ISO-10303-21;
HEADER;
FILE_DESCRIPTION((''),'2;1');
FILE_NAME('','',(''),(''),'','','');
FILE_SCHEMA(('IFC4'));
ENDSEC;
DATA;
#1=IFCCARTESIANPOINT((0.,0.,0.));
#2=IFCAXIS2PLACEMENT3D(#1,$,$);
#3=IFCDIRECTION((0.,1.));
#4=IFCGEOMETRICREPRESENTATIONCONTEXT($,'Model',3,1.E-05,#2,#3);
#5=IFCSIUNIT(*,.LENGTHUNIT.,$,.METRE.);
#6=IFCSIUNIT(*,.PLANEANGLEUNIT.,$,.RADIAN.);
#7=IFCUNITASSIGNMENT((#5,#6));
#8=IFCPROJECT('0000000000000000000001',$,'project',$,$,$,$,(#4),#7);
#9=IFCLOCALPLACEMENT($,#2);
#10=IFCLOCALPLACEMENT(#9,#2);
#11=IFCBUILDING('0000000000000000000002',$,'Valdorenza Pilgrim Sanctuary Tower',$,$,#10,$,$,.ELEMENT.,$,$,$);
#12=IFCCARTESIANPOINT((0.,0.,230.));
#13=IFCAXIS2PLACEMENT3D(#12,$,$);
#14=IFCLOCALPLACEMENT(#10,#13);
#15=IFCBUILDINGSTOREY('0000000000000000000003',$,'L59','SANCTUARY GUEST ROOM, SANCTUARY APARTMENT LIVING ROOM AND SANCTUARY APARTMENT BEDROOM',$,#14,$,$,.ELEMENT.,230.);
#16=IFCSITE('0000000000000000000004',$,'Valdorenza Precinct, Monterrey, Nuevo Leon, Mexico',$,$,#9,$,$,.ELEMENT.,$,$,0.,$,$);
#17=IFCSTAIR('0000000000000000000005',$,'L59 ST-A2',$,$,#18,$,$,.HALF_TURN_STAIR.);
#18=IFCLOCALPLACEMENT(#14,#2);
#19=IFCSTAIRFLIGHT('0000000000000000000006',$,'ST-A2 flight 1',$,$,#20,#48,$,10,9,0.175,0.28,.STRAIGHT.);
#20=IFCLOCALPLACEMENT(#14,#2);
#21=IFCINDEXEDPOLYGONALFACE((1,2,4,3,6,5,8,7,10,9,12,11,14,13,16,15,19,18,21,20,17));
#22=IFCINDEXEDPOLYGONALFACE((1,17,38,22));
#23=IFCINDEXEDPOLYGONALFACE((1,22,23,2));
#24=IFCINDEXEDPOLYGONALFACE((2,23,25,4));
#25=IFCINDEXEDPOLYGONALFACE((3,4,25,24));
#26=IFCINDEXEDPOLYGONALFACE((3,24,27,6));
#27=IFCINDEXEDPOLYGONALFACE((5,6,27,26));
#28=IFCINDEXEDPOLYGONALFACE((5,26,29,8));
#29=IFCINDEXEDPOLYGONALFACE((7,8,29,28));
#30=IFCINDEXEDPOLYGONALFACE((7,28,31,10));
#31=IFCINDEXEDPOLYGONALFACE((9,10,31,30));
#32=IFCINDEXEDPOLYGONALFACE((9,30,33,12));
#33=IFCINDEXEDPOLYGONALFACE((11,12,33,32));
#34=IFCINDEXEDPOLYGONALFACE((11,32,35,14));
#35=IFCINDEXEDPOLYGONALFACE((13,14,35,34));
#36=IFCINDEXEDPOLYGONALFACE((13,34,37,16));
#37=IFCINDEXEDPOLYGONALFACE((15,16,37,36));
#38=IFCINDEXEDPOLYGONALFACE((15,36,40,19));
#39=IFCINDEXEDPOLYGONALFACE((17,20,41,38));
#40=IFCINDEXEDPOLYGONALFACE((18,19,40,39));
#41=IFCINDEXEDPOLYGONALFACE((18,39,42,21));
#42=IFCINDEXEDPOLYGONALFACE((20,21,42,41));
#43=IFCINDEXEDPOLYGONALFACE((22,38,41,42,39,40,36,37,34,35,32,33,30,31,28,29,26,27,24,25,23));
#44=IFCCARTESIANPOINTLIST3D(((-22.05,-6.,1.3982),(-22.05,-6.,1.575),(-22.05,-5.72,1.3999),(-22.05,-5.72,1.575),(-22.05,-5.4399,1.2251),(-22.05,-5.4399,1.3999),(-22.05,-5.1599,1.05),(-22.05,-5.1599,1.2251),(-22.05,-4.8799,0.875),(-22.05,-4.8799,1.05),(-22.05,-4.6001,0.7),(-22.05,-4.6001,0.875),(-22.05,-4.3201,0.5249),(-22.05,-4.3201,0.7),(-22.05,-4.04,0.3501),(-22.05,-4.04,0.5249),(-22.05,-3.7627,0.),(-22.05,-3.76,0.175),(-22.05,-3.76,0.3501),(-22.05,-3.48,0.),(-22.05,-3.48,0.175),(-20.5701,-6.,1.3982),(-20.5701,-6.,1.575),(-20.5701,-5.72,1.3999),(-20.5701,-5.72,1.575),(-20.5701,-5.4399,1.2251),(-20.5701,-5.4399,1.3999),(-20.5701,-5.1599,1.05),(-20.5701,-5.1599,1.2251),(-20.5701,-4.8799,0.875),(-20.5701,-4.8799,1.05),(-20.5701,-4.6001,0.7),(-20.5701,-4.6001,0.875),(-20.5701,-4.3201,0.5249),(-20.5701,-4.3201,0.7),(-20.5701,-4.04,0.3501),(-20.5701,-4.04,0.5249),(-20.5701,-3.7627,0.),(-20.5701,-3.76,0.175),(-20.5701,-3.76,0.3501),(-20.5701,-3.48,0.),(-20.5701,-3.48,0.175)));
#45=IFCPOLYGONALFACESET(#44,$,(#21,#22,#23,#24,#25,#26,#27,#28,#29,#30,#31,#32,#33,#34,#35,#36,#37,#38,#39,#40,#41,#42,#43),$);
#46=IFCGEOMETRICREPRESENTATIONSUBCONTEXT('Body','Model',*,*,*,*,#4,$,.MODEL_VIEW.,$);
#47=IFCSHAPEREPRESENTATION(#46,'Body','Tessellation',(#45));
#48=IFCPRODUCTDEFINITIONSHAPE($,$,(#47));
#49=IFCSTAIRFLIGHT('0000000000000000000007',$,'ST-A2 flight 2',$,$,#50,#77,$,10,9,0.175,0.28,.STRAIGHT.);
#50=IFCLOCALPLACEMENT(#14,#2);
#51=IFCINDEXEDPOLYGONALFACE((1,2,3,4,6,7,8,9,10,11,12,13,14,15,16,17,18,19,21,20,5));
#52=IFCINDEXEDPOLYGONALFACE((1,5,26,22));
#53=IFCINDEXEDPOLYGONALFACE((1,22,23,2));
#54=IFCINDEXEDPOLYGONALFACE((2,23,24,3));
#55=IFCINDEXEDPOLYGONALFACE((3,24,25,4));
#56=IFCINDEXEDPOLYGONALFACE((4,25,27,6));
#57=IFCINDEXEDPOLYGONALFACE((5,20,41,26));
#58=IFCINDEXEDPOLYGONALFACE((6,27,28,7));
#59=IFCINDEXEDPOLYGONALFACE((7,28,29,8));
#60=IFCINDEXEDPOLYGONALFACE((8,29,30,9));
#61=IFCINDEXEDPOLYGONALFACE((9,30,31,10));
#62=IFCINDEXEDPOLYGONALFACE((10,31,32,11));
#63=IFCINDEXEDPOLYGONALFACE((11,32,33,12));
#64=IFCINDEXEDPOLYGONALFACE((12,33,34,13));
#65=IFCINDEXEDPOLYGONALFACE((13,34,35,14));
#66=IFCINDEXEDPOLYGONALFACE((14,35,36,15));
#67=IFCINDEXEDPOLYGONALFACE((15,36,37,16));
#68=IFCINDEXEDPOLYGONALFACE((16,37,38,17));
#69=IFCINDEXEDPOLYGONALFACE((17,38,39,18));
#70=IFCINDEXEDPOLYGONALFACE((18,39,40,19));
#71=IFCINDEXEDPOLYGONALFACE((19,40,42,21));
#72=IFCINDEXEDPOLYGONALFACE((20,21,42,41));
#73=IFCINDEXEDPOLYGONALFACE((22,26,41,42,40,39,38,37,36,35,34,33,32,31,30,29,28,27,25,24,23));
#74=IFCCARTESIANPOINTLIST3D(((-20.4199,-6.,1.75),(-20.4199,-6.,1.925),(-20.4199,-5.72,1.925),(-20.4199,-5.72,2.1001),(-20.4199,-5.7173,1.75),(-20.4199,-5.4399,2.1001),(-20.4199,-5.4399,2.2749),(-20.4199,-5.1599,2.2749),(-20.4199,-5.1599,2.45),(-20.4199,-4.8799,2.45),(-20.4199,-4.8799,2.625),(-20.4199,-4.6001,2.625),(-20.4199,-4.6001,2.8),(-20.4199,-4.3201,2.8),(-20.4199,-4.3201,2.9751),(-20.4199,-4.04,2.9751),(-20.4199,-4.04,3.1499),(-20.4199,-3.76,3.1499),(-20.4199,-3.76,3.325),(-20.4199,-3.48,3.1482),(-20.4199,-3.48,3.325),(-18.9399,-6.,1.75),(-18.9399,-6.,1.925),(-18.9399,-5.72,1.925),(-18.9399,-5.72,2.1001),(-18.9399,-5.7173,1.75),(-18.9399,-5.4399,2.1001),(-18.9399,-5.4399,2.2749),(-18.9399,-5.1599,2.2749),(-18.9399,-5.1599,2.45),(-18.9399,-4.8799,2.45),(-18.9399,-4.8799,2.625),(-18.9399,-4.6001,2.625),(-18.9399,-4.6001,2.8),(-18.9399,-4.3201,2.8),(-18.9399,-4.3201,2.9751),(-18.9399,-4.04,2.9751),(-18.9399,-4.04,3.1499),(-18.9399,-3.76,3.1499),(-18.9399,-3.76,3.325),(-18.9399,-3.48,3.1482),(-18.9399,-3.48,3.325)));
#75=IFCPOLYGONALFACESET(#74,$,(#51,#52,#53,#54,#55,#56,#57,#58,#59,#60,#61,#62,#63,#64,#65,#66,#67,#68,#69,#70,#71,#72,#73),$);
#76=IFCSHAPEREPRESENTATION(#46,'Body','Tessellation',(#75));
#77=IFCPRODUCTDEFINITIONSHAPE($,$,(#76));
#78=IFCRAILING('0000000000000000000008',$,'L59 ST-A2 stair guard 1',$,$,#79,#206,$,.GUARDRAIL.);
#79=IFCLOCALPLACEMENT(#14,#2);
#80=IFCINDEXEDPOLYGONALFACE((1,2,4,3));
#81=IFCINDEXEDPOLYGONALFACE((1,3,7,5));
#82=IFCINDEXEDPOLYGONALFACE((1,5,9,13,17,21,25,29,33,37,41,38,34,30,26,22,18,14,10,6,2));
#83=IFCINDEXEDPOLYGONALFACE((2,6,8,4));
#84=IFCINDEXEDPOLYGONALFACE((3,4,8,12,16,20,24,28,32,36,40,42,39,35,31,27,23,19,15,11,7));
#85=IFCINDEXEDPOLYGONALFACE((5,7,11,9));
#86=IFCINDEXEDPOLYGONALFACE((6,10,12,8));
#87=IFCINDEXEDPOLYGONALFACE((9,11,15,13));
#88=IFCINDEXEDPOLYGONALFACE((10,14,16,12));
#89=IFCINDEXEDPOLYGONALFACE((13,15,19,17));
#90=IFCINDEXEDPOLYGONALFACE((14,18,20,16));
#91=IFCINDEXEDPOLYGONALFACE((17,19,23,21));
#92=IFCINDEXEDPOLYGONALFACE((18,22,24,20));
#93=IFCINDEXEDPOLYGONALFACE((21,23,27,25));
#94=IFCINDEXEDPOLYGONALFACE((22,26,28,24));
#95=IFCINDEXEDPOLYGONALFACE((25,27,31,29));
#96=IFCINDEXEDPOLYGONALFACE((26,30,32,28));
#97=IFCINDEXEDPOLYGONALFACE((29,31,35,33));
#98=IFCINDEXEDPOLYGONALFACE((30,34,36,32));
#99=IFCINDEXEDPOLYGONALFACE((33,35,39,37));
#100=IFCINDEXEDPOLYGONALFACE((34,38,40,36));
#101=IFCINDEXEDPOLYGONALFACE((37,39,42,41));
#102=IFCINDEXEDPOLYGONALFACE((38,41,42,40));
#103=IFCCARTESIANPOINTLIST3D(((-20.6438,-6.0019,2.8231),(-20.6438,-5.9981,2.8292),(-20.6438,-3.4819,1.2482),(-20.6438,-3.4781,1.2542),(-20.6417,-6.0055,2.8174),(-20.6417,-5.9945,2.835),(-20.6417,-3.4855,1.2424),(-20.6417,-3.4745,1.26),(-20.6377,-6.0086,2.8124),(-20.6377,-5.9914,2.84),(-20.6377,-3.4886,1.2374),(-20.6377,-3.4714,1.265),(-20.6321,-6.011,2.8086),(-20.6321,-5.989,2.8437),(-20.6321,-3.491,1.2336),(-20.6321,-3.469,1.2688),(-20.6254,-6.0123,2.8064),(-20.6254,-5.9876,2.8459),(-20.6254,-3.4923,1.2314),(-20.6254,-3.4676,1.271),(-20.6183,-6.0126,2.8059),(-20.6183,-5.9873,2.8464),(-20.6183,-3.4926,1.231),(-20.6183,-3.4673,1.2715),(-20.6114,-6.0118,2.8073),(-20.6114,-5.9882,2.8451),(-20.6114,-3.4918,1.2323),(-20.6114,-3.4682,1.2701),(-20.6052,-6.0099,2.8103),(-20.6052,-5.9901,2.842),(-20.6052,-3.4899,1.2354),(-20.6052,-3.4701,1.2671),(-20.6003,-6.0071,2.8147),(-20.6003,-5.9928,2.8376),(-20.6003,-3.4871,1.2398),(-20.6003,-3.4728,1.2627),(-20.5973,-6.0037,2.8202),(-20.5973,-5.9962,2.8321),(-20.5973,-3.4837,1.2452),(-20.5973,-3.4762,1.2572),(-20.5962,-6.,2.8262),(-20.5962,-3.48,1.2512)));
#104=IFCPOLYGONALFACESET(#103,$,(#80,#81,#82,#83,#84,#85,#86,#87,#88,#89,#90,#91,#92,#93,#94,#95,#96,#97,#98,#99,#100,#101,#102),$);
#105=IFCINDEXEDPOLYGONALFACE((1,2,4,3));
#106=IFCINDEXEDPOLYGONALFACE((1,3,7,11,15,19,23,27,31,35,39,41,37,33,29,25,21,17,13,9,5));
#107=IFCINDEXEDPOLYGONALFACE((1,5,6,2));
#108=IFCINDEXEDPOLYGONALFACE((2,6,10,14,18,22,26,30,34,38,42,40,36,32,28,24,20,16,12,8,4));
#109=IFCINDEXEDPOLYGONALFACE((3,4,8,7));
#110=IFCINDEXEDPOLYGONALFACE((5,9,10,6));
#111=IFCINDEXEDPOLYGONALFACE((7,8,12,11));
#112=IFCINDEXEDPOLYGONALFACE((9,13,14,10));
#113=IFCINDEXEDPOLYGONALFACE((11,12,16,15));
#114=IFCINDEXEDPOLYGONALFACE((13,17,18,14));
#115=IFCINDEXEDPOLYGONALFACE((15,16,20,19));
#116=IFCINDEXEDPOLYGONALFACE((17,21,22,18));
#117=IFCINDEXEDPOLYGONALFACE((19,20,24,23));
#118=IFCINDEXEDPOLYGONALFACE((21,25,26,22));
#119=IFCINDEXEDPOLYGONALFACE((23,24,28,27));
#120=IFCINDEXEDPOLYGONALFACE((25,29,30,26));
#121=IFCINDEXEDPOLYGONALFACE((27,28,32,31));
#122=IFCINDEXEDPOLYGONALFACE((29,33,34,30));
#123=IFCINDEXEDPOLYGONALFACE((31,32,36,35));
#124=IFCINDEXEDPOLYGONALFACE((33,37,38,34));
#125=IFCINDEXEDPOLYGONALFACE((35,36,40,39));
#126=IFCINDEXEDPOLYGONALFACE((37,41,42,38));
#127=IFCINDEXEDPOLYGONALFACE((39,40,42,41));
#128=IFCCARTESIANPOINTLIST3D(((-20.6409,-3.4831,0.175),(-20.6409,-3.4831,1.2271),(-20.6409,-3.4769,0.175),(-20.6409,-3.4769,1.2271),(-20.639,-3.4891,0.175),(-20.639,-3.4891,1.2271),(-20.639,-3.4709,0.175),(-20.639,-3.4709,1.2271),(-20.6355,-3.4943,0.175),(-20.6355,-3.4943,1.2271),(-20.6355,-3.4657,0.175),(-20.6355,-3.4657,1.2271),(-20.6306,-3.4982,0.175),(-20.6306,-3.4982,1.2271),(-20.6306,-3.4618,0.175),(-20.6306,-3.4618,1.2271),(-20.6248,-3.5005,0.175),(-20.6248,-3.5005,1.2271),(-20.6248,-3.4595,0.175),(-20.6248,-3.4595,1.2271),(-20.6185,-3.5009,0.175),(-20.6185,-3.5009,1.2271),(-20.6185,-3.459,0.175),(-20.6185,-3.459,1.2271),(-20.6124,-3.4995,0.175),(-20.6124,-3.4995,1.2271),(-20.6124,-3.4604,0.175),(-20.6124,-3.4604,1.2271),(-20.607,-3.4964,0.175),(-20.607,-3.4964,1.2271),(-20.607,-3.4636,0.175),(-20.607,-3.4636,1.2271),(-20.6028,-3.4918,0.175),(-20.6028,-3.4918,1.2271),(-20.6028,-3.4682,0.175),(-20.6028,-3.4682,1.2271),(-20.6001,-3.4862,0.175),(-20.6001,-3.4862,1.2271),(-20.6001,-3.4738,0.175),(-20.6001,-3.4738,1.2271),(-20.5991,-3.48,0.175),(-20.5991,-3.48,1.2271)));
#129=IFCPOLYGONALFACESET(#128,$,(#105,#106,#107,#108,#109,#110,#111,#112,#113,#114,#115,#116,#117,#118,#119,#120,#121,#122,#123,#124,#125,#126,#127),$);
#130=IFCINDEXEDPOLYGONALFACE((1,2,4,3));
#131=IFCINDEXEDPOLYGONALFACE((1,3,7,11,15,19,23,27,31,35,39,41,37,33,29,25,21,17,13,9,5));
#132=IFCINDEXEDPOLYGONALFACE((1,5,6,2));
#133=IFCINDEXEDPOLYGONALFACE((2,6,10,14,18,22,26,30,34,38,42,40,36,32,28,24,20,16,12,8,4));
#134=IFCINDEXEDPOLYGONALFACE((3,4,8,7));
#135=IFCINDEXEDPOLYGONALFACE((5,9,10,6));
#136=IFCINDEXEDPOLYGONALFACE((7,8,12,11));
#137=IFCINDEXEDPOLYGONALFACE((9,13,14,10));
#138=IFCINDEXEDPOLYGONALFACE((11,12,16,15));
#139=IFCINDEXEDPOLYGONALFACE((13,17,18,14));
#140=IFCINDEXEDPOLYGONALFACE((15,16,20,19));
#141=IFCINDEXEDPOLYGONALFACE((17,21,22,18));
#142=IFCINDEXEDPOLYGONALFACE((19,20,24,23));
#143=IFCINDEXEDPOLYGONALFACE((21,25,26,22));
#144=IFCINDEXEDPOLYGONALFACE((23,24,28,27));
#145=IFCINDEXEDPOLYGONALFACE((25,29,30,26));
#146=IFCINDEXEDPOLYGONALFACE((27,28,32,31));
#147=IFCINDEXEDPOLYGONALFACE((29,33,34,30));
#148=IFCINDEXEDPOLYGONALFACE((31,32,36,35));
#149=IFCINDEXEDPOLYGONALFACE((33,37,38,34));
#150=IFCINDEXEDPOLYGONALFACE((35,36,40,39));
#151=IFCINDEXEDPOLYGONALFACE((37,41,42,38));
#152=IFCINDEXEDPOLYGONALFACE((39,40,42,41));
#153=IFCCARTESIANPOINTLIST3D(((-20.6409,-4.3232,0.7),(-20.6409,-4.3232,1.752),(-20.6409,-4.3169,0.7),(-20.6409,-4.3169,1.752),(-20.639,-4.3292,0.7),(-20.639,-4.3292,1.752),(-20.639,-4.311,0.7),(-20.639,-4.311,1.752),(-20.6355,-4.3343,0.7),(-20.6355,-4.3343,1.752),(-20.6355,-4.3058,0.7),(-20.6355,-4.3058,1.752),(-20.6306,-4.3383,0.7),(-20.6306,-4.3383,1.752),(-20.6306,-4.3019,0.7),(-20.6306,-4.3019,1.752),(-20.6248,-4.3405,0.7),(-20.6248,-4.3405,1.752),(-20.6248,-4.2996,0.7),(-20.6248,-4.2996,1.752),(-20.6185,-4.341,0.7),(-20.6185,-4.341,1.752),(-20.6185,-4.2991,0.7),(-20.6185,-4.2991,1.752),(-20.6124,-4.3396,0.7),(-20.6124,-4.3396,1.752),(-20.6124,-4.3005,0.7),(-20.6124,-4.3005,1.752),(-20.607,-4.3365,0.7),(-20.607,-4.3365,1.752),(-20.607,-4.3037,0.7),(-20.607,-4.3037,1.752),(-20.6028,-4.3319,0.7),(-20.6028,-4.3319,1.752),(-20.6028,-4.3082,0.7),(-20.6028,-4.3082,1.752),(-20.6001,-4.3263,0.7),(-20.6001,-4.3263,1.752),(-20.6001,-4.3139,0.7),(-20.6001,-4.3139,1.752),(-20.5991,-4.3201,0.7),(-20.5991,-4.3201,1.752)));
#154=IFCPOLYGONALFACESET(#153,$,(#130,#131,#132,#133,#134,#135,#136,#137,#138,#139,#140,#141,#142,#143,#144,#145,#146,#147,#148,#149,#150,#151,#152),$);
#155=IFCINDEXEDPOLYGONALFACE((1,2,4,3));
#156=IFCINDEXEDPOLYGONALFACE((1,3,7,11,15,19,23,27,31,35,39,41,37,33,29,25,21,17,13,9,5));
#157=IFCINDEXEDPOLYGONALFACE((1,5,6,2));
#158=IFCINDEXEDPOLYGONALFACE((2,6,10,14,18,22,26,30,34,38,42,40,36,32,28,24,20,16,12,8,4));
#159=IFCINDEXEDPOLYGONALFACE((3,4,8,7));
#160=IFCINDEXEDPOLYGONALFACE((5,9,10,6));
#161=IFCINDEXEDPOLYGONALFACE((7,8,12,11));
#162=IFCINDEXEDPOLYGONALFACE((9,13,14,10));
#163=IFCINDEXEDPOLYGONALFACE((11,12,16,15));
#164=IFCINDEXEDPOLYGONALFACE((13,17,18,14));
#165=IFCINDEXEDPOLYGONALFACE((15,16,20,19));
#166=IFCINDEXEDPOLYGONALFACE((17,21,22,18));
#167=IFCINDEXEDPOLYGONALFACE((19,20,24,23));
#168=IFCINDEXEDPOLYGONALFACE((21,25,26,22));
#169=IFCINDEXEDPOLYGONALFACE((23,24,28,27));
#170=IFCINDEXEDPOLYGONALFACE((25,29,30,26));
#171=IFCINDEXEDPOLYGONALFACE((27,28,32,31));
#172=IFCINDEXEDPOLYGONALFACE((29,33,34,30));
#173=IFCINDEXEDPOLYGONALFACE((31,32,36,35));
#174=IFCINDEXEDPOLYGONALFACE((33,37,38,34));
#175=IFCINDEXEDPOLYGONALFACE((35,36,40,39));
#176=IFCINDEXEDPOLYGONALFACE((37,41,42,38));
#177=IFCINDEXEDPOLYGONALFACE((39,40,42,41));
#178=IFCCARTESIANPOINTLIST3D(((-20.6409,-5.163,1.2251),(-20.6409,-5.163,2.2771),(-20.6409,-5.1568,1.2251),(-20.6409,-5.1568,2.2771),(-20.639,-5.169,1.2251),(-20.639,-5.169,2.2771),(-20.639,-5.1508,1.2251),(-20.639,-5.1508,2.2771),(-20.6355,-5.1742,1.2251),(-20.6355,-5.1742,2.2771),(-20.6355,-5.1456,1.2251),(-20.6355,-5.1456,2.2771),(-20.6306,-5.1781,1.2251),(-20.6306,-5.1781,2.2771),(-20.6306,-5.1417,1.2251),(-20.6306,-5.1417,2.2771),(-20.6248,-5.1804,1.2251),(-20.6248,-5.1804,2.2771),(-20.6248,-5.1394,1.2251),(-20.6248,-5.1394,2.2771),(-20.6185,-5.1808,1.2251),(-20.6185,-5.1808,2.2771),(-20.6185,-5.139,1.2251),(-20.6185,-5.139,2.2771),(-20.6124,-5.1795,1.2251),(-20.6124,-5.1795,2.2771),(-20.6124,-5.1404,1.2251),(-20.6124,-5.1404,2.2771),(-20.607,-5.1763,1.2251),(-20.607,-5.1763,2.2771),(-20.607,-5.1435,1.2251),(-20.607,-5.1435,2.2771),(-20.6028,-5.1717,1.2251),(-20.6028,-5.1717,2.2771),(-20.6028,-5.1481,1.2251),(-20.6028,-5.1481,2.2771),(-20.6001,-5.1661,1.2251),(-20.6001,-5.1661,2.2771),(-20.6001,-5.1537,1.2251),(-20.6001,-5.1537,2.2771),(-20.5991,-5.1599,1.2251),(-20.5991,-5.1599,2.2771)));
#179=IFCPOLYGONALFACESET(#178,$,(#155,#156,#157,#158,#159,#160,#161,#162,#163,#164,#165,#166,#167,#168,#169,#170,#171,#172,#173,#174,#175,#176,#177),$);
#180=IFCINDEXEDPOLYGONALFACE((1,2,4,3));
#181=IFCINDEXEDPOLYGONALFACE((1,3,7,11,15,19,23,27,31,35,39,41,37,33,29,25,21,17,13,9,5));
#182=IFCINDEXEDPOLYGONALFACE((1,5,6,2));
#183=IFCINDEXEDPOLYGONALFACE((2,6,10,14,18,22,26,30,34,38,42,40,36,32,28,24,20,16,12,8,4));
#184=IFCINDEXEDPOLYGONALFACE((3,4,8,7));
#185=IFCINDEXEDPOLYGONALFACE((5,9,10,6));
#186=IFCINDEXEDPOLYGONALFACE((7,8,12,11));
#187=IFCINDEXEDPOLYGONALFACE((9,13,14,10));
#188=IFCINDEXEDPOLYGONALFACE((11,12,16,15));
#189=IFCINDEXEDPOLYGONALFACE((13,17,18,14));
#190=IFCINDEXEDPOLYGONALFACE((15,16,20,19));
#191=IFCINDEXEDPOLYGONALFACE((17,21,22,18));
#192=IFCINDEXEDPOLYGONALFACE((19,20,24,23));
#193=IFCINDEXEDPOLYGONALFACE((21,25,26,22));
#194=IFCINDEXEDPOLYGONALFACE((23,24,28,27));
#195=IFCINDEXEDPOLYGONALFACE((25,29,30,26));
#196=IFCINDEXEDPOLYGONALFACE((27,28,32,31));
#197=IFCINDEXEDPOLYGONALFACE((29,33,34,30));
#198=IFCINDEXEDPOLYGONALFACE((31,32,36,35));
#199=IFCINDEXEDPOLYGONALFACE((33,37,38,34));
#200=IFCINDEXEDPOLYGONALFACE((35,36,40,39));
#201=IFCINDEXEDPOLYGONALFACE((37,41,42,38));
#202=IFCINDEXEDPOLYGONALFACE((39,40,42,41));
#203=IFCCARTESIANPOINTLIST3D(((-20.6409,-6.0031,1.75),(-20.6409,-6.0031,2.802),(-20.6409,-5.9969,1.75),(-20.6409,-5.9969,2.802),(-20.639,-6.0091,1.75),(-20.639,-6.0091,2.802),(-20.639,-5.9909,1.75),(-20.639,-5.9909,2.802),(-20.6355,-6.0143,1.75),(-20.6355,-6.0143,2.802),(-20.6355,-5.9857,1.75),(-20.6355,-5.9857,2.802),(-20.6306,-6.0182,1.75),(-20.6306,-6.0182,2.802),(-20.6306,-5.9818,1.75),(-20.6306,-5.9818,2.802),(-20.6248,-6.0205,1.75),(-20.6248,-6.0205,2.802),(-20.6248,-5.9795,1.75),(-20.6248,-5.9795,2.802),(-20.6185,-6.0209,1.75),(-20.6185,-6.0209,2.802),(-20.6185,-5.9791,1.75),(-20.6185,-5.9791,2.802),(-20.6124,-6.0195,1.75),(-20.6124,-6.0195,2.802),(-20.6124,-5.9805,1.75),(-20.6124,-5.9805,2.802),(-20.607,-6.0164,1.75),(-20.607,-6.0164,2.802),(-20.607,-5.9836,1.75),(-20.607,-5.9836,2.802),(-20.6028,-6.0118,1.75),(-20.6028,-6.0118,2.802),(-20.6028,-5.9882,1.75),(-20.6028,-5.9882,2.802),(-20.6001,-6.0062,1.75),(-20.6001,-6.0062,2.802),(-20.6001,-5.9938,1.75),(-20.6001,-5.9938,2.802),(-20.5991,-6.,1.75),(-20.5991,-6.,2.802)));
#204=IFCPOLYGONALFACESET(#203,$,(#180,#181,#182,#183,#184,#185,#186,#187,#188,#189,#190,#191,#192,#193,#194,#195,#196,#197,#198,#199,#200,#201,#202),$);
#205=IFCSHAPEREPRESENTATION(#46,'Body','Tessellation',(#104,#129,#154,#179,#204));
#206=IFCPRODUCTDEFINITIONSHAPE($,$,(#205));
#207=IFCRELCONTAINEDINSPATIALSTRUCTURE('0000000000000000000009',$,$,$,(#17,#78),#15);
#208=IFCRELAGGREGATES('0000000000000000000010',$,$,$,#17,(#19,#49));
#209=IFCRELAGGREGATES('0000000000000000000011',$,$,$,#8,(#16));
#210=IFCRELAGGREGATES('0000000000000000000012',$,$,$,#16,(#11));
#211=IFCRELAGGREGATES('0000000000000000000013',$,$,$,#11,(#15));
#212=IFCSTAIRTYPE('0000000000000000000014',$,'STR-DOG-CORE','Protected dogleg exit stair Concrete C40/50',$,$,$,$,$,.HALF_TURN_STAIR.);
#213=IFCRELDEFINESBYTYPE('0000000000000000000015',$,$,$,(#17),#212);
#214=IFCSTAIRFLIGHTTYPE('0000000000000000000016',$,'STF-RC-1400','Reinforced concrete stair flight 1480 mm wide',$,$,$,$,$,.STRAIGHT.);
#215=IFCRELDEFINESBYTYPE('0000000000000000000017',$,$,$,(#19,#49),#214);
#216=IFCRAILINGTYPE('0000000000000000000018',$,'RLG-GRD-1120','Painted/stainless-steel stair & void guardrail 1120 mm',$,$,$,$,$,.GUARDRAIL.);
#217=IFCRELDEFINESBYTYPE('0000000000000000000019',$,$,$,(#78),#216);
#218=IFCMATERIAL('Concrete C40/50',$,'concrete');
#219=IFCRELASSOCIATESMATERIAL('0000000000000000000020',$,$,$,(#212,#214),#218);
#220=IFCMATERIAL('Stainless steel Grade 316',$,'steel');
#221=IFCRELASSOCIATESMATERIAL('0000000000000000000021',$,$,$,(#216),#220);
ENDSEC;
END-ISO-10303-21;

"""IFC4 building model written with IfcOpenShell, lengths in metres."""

from ifc_helpers import new_model, si_unit, direction, frame, origin, origin_2d, place, context, subcontext, project, spatial, polyline, circle, outline, extrude, material, type_object, element, aggregate, save


model = new_model("IFC4")

# Units and contexts
model_context = context("Model", 3, precision=1e-05, world=origin(), true_north=direction((0.0, 1.0)))
body_context = subcontext(model_context, "Body", "Model", "MODEL_VIEW")
ifc_project = project(units=[si_unit("LENGTHUNIT", "METRE"), si_unit("PLANEANGLEUNIT", "RADIAN")], contexts=[model_context])

# Site, building, storey
site_placement = place(None, origin())
site = spatial("IfcSite", under=ifc_project, at=site_placement, Name="Valdorenza Precinct, Monterrey, Nuevo Leon, Mexico", CompositionType="ELEMENT", RefElevation=0.0)
building_placement = place(site_placement, origin())
building = spatial("IfcBuilding", under=site, at=building_placement, Name="Valdorenza Pilgrim Sanctuary Tower", CompositionType="ELEMENT")
storey_placement = place(building_placement, frame((0.0, 0.0, 230.0)))
storey = spatial("IfcBuildingStorey", under=building, at=storey_placement, Name="L59", Description="SANCTUARY GUEST ROOM, SANCTUARY APARTMENT LIVING ROOM AND SANCTUARY APARTMENT BEDROOM", CompositionType="ELEMENT", Elevation=230.0)

# Shared definitions
ifc_material_1 = material(Name="Concrete C40/50", Category="concrete")

# Stair, stair flights
stair_type = type_object("IfcStairType", Name="STR-DOG-CORE", Description="Protected dogleg exit stair Concrete C40/50", PredefinedType="HALF_TURN_STAIR", material=ifc_material_1)
stair_placement = place(storey_placement, origin())
stair = element("IfcStair", 1, at=stair_placement, inside=storey, type_object=stair_type, Name="L59 ST-A2", PredefinedType="HALF_TURN_STAIR")
stair_flight_type = type_object("IfcStairFlightType", Name="STF-RC-1400", Description="Reinforced concrete stair flight 1480 mm wide", PredefinedType="STRAIGHT", material=ifc_material_1)
stair_flight_1_placement = place(storey_placement, frame((-21.3101, -3.48, 0.0), z_axis=(0.0, 0.0, 1.0), x_axis=(0.0, -1.0, 0.0)))
stair_flight_1 = element("IfcStairFlight", 2, at=stair_flight_1_placement, type_object=stair_flight_type, Name="ST-A2 flight 1", NumberOfRisers=10, NumberOfTreads=9, PredefinedType="STRAIGHT", RiserHeight=0.175, TreadLength=0.28, context=body_context, shape_type="SweptSolid", body=[
    extrude(outline(polyline([(0.0, 0.0), (0.0, 0.175), (0.28, 0.175), (0.28, 0.3501), (0.5601, 0.3501), (0.5601, 0.5249), (0.8401, 0.5249), (0.8401, 0.7), (1.1201, 0.7), (1.1201, 0.875), (1.3999, 0.875), (1.3999, 1.05), (1.6799, 1.05), (1.6799, 1.2251), (1.96, 1.2251), (1.96, 1.3999), (2.24, 1.3999), (2.24, 1.575), (2.52, 1.575), (2.52, 1.75), (2.52, 1.3982), (0.2827, 0.0), (0.0, 0.0)])), frame((0.0, 0.74, 0.0), z_axis=(0.0, -1.0, 0.0), x_axis=(1.0, 0.0, 0.0)), (0.0, 0.0, 1.0), 1.48),
])
stair_flight_2_placement = place(storey_placement, frame((-19.6799, -6.0, 1.75), z_axis=(0.0, 0.0, 1.0), x_axis=(0.0, 1.0, 0.0)))
stair_flight_2 = element("IfcStairFlight", 3, at=stair_flight_2_placement, type_object=stair_flight_type, Name="ST-A2 flight 2", NumberOfRisers=10, NumberOfTreads=9, PredefinedType="STRAIGHT", RiserHeight=0.175, TreadLength=0.28, context=body_context, shape_type="SweptSolid", body=[
    extrude(outline(polyline([(0.0, 0.0), (0.0, 0.175), (0.28, 0.175), (0.28, 0.3501), (0.5601, 0.3501), (0.5601, 0.5249), (0.8401, 0.5249), (0.8401, 0.7), (1.1201, 0.7), (1.1201, 0.875), (1.3999, 0.875), (1.3999, 1.05), (1.6799, 1.05), (1.6799, 1.2251), (1.96, 1.2251), (1.96, 1.3999), (2.24, 1.3999), (2.24, 1.575), (2.52, 1.575), (2.52, 1.75), (2.52, 1.3982), (0.2827, 0.0), (0.0, 0.0)])), frame((0.0, 0.74, 0.0), z_axis=(0.0, -1.0, 0.0), x_axis=(1.0, 0.0, 0.0)), (0.0, 0.0, 1.0), 1.48),
])
aggregate(stair, [stair_flight_1, stair_flight_2])

# Railing
ifc_material_2 = material(Name="Stainless steel Grade 316", Category="steel")
railing_type_1 = type_object("IfcRailingType", Name="RLG-GRD-1120", Description="Painted/stainless-steel stair & void guardrail 1120 mm", PredefinedType="GUARDRAIL", material=ifc_material_2)
railing_1_placement = place(storey_placement, frame((-20.6201, -3.48, 0.175)))
element("IfcRailing", 4, at=railing_1_placement, inside=storey, type_object=railing_type_1, Name="L59 ST-A2 stair guard 1", PredefinedType="GUARDRAIL", context=body_context, shape_type="SweptSolid", body=[
    extrude(circle(Radius=0.0239, at=origin_2d()), frame((0.0, 0.0, 1.0762), z_axis=(0.0, -0.848008, 0.529984), x_axis=(1.0, 0.0, 0.0)), (0.0, 0.0, 1.0), 2.9717),
    extrude(circle(Radius=0.021, at=origin_2d()), origin(), (0.0, 0.0, 1.0), 1.052),
    extrude(circle(Radius=0.021, at=origin_2d()), frame((0.0, -0.8401, 0.5249)), (0.0, 0.0, 1.0), 1.052),
    extrude(circle(Radius=0.021, at=origin_2d()), frame((0.0, -1.6799, 1.05)), (0.0, 0.0, 1.0), 1.052),
    extrude(circle(Radius=0.021, at=origin_2d()), frame((0.0, -2.52, 1.575)), (0.0, 0.0, 1.0), 1.052),
])

save(model, "model.ifc")
